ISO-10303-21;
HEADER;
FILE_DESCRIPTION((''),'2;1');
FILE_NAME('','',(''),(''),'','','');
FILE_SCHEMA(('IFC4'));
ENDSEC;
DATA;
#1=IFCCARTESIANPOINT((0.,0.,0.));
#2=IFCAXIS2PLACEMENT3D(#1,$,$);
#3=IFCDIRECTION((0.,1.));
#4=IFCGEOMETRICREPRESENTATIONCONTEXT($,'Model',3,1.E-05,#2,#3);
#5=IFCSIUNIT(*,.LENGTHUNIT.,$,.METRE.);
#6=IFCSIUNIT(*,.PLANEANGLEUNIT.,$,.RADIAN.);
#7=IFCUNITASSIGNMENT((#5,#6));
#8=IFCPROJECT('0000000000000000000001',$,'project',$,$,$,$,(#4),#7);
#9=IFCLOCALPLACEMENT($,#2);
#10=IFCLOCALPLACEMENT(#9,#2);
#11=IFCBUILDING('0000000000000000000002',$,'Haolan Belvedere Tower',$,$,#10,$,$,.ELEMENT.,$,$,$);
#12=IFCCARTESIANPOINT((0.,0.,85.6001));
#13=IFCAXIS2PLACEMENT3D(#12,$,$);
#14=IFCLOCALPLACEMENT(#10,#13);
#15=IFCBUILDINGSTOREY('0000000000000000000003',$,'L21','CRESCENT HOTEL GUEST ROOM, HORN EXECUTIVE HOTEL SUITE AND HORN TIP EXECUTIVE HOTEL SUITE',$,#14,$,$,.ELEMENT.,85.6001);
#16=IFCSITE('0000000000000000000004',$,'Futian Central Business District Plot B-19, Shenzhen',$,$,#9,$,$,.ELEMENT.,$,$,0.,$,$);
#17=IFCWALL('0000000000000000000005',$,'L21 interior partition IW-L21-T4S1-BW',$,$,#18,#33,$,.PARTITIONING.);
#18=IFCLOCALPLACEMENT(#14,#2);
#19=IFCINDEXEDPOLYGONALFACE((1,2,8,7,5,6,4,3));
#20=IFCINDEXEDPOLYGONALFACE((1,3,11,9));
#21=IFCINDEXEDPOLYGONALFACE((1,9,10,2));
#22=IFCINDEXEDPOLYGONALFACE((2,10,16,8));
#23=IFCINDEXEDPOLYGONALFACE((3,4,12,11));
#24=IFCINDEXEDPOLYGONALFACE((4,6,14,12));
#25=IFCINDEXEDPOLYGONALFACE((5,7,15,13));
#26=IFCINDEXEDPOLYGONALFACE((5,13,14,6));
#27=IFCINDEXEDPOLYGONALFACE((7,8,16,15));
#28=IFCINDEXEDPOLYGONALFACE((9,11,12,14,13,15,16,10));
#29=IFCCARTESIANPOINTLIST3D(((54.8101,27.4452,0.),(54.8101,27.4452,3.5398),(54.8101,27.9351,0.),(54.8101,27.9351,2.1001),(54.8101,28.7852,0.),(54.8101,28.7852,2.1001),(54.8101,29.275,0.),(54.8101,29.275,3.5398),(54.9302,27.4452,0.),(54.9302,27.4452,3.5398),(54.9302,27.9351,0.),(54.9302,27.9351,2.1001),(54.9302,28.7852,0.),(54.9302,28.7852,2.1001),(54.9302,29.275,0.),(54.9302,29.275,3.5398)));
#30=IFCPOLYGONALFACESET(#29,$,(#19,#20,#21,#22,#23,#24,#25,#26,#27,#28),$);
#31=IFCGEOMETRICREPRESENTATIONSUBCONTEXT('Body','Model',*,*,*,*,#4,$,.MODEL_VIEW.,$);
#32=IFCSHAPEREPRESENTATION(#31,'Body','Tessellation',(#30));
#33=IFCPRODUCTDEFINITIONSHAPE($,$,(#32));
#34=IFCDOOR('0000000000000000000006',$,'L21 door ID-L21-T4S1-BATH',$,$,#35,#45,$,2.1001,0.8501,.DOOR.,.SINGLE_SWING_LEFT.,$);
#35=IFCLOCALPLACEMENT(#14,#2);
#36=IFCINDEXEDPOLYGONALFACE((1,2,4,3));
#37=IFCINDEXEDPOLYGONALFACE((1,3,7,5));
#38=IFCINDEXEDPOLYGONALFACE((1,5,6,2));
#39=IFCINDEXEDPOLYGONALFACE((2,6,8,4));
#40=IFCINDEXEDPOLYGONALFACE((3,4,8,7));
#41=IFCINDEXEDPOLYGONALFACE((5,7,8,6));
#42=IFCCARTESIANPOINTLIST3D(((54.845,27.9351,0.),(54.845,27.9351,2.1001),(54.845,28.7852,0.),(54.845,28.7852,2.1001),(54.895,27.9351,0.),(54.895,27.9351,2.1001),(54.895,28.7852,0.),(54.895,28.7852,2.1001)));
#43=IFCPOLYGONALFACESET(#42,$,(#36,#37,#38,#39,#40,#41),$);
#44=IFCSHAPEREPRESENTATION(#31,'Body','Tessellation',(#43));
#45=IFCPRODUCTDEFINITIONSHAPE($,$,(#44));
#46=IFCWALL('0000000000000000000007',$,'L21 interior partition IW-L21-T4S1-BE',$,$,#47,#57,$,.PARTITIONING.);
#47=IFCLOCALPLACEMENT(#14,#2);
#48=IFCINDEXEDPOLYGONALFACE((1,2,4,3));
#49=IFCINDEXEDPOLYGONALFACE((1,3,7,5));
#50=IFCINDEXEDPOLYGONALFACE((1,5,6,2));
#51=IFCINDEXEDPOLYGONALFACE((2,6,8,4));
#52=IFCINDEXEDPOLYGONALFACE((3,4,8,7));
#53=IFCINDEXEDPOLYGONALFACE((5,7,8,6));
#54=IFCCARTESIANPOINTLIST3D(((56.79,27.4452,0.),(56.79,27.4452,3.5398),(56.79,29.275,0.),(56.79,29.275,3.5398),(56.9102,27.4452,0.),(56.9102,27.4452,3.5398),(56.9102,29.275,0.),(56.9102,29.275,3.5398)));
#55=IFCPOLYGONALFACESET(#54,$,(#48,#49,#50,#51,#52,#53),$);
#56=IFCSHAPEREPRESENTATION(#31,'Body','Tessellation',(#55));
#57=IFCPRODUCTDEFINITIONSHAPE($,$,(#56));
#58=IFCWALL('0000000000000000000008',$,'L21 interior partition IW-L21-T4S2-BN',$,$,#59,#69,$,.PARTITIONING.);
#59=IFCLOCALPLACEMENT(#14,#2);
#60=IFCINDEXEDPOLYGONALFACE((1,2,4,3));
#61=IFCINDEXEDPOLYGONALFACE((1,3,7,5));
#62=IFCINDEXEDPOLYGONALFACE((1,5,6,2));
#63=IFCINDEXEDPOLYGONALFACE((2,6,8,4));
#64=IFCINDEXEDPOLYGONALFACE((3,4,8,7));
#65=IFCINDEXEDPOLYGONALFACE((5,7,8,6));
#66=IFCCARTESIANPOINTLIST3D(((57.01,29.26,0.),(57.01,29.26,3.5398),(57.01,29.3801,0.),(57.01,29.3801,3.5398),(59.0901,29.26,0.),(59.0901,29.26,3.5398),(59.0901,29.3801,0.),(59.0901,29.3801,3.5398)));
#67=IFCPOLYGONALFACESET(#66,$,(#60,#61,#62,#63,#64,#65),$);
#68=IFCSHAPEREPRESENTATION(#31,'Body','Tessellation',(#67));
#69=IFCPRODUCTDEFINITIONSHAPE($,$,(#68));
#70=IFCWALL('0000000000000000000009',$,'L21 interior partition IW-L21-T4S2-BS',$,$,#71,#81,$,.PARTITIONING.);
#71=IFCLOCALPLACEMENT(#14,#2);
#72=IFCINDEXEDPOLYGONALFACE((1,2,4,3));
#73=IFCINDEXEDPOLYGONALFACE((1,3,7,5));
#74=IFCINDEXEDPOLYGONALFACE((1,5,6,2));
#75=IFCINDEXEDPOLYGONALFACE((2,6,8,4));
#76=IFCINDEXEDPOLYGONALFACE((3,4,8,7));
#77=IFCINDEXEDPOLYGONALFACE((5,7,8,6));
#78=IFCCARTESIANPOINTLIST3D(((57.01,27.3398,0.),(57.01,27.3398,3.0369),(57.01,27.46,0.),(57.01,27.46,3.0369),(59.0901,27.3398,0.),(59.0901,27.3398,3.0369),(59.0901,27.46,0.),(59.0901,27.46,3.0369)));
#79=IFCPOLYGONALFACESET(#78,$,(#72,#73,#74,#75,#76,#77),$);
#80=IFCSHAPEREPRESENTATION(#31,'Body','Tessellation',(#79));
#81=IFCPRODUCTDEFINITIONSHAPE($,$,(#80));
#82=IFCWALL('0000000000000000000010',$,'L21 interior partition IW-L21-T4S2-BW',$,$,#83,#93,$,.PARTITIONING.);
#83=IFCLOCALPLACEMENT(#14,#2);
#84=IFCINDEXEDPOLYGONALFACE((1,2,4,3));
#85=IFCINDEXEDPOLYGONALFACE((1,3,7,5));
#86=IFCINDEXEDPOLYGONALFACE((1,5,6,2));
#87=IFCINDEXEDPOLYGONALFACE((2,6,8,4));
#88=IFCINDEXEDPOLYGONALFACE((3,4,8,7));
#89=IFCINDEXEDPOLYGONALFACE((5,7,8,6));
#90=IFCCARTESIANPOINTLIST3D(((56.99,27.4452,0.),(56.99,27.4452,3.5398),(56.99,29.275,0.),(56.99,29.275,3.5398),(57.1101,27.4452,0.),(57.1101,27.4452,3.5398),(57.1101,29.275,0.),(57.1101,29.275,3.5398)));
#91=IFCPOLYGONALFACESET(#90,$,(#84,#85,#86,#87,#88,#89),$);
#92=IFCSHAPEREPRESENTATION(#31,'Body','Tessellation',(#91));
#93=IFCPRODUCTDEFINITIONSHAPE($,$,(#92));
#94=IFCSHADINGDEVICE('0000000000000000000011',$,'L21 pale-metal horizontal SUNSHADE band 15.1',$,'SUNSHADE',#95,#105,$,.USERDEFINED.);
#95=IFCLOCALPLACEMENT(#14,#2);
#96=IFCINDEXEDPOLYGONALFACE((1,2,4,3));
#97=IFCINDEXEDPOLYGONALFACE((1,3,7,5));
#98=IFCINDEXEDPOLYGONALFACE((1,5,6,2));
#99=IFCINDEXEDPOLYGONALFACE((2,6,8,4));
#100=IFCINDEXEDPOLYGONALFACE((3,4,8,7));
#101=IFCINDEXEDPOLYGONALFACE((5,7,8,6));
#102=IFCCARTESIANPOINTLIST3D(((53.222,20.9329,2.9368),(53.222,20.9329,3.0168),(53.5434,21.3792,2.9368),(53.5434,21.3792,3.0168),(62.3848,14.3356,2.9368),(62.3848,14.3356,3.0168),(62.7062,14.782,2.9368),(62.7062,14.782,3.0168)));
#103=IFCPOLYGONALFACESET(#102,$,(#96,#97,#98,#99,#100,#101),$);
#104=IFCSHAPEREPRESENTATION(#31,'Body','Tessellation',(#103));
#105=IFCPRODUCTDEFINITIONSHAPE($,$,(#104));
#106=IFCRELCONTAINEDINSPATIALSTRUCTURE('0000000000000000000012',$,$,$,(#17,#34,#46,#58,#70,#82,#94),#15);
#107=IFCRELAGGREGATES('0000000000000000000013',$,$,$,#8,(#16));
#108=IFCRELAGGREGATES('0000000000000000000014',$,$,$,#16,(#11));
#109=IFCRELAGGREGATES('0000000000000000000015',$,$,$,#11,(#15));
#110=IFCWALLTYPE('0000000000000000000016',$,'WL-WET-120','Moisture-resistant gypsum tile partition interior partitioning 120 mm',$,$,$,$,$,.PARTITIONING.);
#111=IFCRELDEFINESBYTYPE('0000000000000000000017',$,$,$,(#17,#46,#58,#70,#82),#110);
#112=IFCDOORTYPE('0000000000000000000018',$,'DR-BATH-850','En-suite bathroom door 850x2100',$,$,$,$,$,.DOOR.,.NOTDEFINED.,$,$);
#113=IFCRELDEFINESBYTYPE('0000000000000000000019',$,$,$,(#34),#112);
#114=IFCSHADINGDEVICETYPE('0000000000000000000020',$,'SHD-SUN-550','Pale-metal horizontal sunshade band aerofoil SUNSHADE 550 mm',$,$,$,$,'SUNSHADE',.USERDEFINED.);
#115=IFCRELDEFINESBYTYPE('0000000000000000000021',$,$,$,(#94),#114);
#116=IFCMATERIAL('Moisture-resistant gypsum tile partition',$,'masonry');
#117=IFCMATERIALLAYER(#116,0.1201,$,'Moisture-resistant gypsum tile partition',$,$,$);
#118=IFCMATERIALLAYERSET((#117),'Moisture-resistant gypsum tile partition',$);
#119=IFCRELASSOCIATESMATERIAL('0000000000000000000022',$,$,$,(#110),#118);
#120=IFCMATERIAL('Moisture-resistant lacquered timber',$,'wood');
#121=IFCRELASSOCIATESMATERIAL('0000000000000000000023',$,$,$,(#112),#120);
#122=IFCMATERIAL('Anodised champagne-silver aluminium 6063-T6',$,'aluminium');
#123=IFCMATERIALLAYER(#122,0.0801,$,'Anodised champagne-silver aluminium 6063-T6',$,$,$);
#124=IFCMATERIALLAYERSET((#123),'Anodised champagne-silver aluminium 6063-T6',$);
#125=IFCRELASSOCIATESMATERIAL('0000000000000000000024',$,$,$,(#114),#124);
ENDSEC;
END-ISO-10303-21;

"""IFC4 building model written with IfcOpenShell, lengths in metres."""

from ifc_helpers import new_model, si_unit, direction, frame, frame_2d, origin, origin_2d, place, context, subcontext, project, spatial, rectangle, extrude, material, layer, layer_set, type_object, element, fill, save


model = new_model("IFC4")

# Units and contexts
model_context = context("Model", 3, precision=1e-05, world=origin(), true_north=direction((0.0, 1.0)))
body_context = subcontext(model_context, "Body", "Model", "MODEL_VIEW")
ifc_project = project(units=[si_unit("LENGTHUNIT", "METRE"), si_unit("PLANEANGLEUNIT", "RADIAN")], contexts=[model_context])

# Site, building, storey
site_placement = place(None, origin())
site = spatial("IfcSite", under=ifc_project, at=site_placement, Name="Futian Central Business District Plot B-19, Shenzhen", CompositionType="ELEMENT", RefElevation=0.0)
building_placement = place(site_placement, origin())
building = spatial("IfcBuilding", under=site, at=building_placement, Name="Haolan Belvedere Tower", CompositionType="ELEMENT")
storey_placement = place(building_placement, frame((0.0, 0.0, 85.6001)))
storey = spatial("IfcBuildingStorey", under=building, at=storey_placement, Name="L21", Description="CRESCENT HOTEL GUEST ROOM, HORN EXECUTIVE HOTEL SUITE AND HORN TIP EXECUTIVE HOTEL SUITE", CompositionType="ELEMENT", Elevation=85.6001)

# Shared definitions
ifc_material_1 = material(Name="Moisture-resistant gypsum tile partition", Category="masonry")
ifc_layer_1 = layer(ifc_material_1, 0.1201, Name="Moisture-resistant gypsum tile partition")
ifc_layer_set_1 = layer_set([ifc_layer_1], Name="Moisture-resistant gypsum tile partition")
wall_type_1 = type_object("IfcWallType", Name="WL-WET-120", Description="Moisture-resistant gypsum tile partition interior partitioning 120 mm", PredefinedType="PARTITIONING", material=ifc_layer_set_1)

# Wall, opening, door
wall_1_placement = place(storey_placement, frame((54.8701, 27.4451, 0.0), z_axis=(0.0, 0.0, 1.0), x_axis=(0.0, 1.0, 0.0)))
wall_1 = element("IfcWall", 1, at=wall_1_placement, inside=storey, type_object=wall_type_1, Name="L21 interior partition IW-L21-T4S1-BW", PredefinedType="PARTITIONING", context=body_context, shape_type="SweptSolid", body=[
    extrude(rectangle(XDim=1.8298, YDim=0.1201, at=frame_2d((0.915, 0.0))), origin(), (0.0, 0.0, 1.0), 3.5398),
])
opening_1_placement = place(wall_1_placement, frame((1.3401, 0.0, 0.0), z_axis=(0.0, 0.0, 1.0), x_axis=(-1.0, 0.0, 0.0)))
opening_1 = element("IfcOpeningElement", 2, at=opening_1_placement, cuts=wall_1, PredefinedType="OPENING", context=body_context, shape_type="SweptSolid", body=[
    extrude(rectangle(XDim=0.8501, YDim=2.1001, at=frame_2d((0.425, 1.05))), frame((0.0, 0.0701, 0.0), z_axis=(0.0, -1.0, 0.0), x_axis=(1.0, 0.0, 0.0)), (0.0, 0.0, 1.0), 0.1401),
])
ifc_material_2 = material(Name="Moisture-resistant lacquered timber", Category="wood")
door_type_1 = type_object("IfcDoorType", Name="DR-BATH-850", Description="En-suite bathroom door 850x2100", OperationType="NOTDEFINED", PredefinedType="DOOR", material=ifc_material_2)
door_1_placement = place(opening_1_placement, origin())
door_1 = element("IfcDoor", 3, at=door_1_placement, inside=storey, type_object=door_type_1, Name="L21 door ID-L21-T4S1-BATH", OperationType="SINGLE_SWING_LEFT", OverallHeight=2.1001, OverallWidth=0.8501, PredefinedType="DOOR", context=body_context, shape_type="SweptSolid", body=[
    extrude(rectangle(XDim=0.8501, YDim=2.1001, at=frame_2d((0.425, 1.05))), frame((0.0, 0.0249, 0.0), z_axis=(0.0, -1.0, 0.0), x_axis=(1.0, 0.0, 0.0)), (0.0, 0.0, 1.0), 0.05),
])
fill(opening_1, door_1)

# Walls
wall_2_placement = place(storey_placement, frame((56.8501, 27.4451, 0.0), z_axis=(0.0, 0.0, 1.0), x_axis=(0.0, 1.0, 0.0)))
element("IfcWall", 4, at=wall_2_placement, inside=storey, type_object=wall_type_1, Name="L21 interior partition IW-L21-T4S1-BE", PredefinedType="PARTITIONING", context=body_context, shape_type="SweptSolid", body=[
    extrude(rectangle(XDim=1.8298, YDim=0.1201, at=frame_2d((0.915, 0.0))), origin(), (0.0, 0.0, 1.0), 3.5398),
])
wall_3_placement = place(storey_placement, frame((57.01, 29.3201, 0.0), z_axis=(0.0, 0.0, 1.0), x_axis=(1.0, 0.0, 0.0)))
element("IfcWall", 5, at=wall_3_placement, inside=storey, type_object=wall_type_1, Name="L21 interior partition IW-L21-T4S2-BN", PredefinedType="PARTITIONING", context=body_context, shape_type="SweptSolid", body=[
    extrude(rectangle(XDim=2.0801, YDim=0.1201, at=frame_2d((1.04, 0.0))), origin(), (0.0, 0.0, 1.0), 3.5398),
])
wall_4_placement = place(storey_placement, frame((57.01, 27.3999, 0.0), z_axis=(0.0, 0.0, 1.0), x_axis=(1.0, 0.0, 0.0)))
element("IfcWall", 6, at=wall_4_placement, inside=storey, type_object=wall_type_1, Name="L21 interior partition IW-L21-T4S2-BS", PredefinedType="PARTITIONING", context=body_context, shape_type="SweptSolid", body=[
    extrude(rectangle(XDim=2.0801, YDim=0.1201, at=frame_2d((1.04, 0.0))), origin(), (0.0, 0.0, 1.0), 3.0369),
])
wall_5_placement = place(storey_placement, frame((57.05, 27.4451, 0.0), z_axis=(0.0, 0.0, 1.0), x_axis=(0.0, 1.0, 0.0)))
element("IfcWall", 7, at=wall_5_placement, inside=storey, type_object=wall_type_1, Name="L21 interior partition IW-L21-T4S2-BW", PredefinedType="PARTITIONING", context=body_context, shape_type="SweptSolid", body=[
    extrude(rectangle(XDim=1.8298, YDim=0.1201, at=frame_2d((0.915, 0.0))), origin(), (0.0, 0.0, 1.0), 3.5398),
])

# Shading device
ifc_material_3 = material(Name="Anodised champagne-silver aluminium 6063-T6", Category="aluminium")
ifc_layer_2 = layer(ifc_material_3, 0.0801, Name="Anodised champagne-silver aluminium 6063-T6")
ifc_layer_set_2 = layer_set([ifc_layer_2], Name="Anodised champagne-silver aluminium 6063-T6")
shading_device_type = type_object("IfcShadingDeviceType", Name="SHD-SUN-550", Description="Pale-metal horizontal sunshade band aerofoil SUNSHADE 550 mm", ElementType="SUNSHADE", PredefinedType="USERDEFINED", material=ifc_layer_set_2)
shading_device_placement = place(storey_placement, frame((57.9641, 17.8574, 2.9368), z_axis=(0.0, 0.0, 1.0), x_axis=(0.811533, -0.584306, 0.0)))
element("IfcShadingDevice", 8, at=shading_device_placement, inside=storey, type_object=shading_device_type, Name="L21 pale-metal horizontal SUNSHADE band 15.1", ObjectType="SUNSHADE", PredefinedType="USERDEFINED", context=body_context, shape_type="SweptSolid", body=[
    extrude(rectangle(XDim=11.2908, YDim=0.55, at=origin_2d()), origin(), (0.0, 0.0, 1.0), 0.0801),
])

save(model, "model.ifc")
